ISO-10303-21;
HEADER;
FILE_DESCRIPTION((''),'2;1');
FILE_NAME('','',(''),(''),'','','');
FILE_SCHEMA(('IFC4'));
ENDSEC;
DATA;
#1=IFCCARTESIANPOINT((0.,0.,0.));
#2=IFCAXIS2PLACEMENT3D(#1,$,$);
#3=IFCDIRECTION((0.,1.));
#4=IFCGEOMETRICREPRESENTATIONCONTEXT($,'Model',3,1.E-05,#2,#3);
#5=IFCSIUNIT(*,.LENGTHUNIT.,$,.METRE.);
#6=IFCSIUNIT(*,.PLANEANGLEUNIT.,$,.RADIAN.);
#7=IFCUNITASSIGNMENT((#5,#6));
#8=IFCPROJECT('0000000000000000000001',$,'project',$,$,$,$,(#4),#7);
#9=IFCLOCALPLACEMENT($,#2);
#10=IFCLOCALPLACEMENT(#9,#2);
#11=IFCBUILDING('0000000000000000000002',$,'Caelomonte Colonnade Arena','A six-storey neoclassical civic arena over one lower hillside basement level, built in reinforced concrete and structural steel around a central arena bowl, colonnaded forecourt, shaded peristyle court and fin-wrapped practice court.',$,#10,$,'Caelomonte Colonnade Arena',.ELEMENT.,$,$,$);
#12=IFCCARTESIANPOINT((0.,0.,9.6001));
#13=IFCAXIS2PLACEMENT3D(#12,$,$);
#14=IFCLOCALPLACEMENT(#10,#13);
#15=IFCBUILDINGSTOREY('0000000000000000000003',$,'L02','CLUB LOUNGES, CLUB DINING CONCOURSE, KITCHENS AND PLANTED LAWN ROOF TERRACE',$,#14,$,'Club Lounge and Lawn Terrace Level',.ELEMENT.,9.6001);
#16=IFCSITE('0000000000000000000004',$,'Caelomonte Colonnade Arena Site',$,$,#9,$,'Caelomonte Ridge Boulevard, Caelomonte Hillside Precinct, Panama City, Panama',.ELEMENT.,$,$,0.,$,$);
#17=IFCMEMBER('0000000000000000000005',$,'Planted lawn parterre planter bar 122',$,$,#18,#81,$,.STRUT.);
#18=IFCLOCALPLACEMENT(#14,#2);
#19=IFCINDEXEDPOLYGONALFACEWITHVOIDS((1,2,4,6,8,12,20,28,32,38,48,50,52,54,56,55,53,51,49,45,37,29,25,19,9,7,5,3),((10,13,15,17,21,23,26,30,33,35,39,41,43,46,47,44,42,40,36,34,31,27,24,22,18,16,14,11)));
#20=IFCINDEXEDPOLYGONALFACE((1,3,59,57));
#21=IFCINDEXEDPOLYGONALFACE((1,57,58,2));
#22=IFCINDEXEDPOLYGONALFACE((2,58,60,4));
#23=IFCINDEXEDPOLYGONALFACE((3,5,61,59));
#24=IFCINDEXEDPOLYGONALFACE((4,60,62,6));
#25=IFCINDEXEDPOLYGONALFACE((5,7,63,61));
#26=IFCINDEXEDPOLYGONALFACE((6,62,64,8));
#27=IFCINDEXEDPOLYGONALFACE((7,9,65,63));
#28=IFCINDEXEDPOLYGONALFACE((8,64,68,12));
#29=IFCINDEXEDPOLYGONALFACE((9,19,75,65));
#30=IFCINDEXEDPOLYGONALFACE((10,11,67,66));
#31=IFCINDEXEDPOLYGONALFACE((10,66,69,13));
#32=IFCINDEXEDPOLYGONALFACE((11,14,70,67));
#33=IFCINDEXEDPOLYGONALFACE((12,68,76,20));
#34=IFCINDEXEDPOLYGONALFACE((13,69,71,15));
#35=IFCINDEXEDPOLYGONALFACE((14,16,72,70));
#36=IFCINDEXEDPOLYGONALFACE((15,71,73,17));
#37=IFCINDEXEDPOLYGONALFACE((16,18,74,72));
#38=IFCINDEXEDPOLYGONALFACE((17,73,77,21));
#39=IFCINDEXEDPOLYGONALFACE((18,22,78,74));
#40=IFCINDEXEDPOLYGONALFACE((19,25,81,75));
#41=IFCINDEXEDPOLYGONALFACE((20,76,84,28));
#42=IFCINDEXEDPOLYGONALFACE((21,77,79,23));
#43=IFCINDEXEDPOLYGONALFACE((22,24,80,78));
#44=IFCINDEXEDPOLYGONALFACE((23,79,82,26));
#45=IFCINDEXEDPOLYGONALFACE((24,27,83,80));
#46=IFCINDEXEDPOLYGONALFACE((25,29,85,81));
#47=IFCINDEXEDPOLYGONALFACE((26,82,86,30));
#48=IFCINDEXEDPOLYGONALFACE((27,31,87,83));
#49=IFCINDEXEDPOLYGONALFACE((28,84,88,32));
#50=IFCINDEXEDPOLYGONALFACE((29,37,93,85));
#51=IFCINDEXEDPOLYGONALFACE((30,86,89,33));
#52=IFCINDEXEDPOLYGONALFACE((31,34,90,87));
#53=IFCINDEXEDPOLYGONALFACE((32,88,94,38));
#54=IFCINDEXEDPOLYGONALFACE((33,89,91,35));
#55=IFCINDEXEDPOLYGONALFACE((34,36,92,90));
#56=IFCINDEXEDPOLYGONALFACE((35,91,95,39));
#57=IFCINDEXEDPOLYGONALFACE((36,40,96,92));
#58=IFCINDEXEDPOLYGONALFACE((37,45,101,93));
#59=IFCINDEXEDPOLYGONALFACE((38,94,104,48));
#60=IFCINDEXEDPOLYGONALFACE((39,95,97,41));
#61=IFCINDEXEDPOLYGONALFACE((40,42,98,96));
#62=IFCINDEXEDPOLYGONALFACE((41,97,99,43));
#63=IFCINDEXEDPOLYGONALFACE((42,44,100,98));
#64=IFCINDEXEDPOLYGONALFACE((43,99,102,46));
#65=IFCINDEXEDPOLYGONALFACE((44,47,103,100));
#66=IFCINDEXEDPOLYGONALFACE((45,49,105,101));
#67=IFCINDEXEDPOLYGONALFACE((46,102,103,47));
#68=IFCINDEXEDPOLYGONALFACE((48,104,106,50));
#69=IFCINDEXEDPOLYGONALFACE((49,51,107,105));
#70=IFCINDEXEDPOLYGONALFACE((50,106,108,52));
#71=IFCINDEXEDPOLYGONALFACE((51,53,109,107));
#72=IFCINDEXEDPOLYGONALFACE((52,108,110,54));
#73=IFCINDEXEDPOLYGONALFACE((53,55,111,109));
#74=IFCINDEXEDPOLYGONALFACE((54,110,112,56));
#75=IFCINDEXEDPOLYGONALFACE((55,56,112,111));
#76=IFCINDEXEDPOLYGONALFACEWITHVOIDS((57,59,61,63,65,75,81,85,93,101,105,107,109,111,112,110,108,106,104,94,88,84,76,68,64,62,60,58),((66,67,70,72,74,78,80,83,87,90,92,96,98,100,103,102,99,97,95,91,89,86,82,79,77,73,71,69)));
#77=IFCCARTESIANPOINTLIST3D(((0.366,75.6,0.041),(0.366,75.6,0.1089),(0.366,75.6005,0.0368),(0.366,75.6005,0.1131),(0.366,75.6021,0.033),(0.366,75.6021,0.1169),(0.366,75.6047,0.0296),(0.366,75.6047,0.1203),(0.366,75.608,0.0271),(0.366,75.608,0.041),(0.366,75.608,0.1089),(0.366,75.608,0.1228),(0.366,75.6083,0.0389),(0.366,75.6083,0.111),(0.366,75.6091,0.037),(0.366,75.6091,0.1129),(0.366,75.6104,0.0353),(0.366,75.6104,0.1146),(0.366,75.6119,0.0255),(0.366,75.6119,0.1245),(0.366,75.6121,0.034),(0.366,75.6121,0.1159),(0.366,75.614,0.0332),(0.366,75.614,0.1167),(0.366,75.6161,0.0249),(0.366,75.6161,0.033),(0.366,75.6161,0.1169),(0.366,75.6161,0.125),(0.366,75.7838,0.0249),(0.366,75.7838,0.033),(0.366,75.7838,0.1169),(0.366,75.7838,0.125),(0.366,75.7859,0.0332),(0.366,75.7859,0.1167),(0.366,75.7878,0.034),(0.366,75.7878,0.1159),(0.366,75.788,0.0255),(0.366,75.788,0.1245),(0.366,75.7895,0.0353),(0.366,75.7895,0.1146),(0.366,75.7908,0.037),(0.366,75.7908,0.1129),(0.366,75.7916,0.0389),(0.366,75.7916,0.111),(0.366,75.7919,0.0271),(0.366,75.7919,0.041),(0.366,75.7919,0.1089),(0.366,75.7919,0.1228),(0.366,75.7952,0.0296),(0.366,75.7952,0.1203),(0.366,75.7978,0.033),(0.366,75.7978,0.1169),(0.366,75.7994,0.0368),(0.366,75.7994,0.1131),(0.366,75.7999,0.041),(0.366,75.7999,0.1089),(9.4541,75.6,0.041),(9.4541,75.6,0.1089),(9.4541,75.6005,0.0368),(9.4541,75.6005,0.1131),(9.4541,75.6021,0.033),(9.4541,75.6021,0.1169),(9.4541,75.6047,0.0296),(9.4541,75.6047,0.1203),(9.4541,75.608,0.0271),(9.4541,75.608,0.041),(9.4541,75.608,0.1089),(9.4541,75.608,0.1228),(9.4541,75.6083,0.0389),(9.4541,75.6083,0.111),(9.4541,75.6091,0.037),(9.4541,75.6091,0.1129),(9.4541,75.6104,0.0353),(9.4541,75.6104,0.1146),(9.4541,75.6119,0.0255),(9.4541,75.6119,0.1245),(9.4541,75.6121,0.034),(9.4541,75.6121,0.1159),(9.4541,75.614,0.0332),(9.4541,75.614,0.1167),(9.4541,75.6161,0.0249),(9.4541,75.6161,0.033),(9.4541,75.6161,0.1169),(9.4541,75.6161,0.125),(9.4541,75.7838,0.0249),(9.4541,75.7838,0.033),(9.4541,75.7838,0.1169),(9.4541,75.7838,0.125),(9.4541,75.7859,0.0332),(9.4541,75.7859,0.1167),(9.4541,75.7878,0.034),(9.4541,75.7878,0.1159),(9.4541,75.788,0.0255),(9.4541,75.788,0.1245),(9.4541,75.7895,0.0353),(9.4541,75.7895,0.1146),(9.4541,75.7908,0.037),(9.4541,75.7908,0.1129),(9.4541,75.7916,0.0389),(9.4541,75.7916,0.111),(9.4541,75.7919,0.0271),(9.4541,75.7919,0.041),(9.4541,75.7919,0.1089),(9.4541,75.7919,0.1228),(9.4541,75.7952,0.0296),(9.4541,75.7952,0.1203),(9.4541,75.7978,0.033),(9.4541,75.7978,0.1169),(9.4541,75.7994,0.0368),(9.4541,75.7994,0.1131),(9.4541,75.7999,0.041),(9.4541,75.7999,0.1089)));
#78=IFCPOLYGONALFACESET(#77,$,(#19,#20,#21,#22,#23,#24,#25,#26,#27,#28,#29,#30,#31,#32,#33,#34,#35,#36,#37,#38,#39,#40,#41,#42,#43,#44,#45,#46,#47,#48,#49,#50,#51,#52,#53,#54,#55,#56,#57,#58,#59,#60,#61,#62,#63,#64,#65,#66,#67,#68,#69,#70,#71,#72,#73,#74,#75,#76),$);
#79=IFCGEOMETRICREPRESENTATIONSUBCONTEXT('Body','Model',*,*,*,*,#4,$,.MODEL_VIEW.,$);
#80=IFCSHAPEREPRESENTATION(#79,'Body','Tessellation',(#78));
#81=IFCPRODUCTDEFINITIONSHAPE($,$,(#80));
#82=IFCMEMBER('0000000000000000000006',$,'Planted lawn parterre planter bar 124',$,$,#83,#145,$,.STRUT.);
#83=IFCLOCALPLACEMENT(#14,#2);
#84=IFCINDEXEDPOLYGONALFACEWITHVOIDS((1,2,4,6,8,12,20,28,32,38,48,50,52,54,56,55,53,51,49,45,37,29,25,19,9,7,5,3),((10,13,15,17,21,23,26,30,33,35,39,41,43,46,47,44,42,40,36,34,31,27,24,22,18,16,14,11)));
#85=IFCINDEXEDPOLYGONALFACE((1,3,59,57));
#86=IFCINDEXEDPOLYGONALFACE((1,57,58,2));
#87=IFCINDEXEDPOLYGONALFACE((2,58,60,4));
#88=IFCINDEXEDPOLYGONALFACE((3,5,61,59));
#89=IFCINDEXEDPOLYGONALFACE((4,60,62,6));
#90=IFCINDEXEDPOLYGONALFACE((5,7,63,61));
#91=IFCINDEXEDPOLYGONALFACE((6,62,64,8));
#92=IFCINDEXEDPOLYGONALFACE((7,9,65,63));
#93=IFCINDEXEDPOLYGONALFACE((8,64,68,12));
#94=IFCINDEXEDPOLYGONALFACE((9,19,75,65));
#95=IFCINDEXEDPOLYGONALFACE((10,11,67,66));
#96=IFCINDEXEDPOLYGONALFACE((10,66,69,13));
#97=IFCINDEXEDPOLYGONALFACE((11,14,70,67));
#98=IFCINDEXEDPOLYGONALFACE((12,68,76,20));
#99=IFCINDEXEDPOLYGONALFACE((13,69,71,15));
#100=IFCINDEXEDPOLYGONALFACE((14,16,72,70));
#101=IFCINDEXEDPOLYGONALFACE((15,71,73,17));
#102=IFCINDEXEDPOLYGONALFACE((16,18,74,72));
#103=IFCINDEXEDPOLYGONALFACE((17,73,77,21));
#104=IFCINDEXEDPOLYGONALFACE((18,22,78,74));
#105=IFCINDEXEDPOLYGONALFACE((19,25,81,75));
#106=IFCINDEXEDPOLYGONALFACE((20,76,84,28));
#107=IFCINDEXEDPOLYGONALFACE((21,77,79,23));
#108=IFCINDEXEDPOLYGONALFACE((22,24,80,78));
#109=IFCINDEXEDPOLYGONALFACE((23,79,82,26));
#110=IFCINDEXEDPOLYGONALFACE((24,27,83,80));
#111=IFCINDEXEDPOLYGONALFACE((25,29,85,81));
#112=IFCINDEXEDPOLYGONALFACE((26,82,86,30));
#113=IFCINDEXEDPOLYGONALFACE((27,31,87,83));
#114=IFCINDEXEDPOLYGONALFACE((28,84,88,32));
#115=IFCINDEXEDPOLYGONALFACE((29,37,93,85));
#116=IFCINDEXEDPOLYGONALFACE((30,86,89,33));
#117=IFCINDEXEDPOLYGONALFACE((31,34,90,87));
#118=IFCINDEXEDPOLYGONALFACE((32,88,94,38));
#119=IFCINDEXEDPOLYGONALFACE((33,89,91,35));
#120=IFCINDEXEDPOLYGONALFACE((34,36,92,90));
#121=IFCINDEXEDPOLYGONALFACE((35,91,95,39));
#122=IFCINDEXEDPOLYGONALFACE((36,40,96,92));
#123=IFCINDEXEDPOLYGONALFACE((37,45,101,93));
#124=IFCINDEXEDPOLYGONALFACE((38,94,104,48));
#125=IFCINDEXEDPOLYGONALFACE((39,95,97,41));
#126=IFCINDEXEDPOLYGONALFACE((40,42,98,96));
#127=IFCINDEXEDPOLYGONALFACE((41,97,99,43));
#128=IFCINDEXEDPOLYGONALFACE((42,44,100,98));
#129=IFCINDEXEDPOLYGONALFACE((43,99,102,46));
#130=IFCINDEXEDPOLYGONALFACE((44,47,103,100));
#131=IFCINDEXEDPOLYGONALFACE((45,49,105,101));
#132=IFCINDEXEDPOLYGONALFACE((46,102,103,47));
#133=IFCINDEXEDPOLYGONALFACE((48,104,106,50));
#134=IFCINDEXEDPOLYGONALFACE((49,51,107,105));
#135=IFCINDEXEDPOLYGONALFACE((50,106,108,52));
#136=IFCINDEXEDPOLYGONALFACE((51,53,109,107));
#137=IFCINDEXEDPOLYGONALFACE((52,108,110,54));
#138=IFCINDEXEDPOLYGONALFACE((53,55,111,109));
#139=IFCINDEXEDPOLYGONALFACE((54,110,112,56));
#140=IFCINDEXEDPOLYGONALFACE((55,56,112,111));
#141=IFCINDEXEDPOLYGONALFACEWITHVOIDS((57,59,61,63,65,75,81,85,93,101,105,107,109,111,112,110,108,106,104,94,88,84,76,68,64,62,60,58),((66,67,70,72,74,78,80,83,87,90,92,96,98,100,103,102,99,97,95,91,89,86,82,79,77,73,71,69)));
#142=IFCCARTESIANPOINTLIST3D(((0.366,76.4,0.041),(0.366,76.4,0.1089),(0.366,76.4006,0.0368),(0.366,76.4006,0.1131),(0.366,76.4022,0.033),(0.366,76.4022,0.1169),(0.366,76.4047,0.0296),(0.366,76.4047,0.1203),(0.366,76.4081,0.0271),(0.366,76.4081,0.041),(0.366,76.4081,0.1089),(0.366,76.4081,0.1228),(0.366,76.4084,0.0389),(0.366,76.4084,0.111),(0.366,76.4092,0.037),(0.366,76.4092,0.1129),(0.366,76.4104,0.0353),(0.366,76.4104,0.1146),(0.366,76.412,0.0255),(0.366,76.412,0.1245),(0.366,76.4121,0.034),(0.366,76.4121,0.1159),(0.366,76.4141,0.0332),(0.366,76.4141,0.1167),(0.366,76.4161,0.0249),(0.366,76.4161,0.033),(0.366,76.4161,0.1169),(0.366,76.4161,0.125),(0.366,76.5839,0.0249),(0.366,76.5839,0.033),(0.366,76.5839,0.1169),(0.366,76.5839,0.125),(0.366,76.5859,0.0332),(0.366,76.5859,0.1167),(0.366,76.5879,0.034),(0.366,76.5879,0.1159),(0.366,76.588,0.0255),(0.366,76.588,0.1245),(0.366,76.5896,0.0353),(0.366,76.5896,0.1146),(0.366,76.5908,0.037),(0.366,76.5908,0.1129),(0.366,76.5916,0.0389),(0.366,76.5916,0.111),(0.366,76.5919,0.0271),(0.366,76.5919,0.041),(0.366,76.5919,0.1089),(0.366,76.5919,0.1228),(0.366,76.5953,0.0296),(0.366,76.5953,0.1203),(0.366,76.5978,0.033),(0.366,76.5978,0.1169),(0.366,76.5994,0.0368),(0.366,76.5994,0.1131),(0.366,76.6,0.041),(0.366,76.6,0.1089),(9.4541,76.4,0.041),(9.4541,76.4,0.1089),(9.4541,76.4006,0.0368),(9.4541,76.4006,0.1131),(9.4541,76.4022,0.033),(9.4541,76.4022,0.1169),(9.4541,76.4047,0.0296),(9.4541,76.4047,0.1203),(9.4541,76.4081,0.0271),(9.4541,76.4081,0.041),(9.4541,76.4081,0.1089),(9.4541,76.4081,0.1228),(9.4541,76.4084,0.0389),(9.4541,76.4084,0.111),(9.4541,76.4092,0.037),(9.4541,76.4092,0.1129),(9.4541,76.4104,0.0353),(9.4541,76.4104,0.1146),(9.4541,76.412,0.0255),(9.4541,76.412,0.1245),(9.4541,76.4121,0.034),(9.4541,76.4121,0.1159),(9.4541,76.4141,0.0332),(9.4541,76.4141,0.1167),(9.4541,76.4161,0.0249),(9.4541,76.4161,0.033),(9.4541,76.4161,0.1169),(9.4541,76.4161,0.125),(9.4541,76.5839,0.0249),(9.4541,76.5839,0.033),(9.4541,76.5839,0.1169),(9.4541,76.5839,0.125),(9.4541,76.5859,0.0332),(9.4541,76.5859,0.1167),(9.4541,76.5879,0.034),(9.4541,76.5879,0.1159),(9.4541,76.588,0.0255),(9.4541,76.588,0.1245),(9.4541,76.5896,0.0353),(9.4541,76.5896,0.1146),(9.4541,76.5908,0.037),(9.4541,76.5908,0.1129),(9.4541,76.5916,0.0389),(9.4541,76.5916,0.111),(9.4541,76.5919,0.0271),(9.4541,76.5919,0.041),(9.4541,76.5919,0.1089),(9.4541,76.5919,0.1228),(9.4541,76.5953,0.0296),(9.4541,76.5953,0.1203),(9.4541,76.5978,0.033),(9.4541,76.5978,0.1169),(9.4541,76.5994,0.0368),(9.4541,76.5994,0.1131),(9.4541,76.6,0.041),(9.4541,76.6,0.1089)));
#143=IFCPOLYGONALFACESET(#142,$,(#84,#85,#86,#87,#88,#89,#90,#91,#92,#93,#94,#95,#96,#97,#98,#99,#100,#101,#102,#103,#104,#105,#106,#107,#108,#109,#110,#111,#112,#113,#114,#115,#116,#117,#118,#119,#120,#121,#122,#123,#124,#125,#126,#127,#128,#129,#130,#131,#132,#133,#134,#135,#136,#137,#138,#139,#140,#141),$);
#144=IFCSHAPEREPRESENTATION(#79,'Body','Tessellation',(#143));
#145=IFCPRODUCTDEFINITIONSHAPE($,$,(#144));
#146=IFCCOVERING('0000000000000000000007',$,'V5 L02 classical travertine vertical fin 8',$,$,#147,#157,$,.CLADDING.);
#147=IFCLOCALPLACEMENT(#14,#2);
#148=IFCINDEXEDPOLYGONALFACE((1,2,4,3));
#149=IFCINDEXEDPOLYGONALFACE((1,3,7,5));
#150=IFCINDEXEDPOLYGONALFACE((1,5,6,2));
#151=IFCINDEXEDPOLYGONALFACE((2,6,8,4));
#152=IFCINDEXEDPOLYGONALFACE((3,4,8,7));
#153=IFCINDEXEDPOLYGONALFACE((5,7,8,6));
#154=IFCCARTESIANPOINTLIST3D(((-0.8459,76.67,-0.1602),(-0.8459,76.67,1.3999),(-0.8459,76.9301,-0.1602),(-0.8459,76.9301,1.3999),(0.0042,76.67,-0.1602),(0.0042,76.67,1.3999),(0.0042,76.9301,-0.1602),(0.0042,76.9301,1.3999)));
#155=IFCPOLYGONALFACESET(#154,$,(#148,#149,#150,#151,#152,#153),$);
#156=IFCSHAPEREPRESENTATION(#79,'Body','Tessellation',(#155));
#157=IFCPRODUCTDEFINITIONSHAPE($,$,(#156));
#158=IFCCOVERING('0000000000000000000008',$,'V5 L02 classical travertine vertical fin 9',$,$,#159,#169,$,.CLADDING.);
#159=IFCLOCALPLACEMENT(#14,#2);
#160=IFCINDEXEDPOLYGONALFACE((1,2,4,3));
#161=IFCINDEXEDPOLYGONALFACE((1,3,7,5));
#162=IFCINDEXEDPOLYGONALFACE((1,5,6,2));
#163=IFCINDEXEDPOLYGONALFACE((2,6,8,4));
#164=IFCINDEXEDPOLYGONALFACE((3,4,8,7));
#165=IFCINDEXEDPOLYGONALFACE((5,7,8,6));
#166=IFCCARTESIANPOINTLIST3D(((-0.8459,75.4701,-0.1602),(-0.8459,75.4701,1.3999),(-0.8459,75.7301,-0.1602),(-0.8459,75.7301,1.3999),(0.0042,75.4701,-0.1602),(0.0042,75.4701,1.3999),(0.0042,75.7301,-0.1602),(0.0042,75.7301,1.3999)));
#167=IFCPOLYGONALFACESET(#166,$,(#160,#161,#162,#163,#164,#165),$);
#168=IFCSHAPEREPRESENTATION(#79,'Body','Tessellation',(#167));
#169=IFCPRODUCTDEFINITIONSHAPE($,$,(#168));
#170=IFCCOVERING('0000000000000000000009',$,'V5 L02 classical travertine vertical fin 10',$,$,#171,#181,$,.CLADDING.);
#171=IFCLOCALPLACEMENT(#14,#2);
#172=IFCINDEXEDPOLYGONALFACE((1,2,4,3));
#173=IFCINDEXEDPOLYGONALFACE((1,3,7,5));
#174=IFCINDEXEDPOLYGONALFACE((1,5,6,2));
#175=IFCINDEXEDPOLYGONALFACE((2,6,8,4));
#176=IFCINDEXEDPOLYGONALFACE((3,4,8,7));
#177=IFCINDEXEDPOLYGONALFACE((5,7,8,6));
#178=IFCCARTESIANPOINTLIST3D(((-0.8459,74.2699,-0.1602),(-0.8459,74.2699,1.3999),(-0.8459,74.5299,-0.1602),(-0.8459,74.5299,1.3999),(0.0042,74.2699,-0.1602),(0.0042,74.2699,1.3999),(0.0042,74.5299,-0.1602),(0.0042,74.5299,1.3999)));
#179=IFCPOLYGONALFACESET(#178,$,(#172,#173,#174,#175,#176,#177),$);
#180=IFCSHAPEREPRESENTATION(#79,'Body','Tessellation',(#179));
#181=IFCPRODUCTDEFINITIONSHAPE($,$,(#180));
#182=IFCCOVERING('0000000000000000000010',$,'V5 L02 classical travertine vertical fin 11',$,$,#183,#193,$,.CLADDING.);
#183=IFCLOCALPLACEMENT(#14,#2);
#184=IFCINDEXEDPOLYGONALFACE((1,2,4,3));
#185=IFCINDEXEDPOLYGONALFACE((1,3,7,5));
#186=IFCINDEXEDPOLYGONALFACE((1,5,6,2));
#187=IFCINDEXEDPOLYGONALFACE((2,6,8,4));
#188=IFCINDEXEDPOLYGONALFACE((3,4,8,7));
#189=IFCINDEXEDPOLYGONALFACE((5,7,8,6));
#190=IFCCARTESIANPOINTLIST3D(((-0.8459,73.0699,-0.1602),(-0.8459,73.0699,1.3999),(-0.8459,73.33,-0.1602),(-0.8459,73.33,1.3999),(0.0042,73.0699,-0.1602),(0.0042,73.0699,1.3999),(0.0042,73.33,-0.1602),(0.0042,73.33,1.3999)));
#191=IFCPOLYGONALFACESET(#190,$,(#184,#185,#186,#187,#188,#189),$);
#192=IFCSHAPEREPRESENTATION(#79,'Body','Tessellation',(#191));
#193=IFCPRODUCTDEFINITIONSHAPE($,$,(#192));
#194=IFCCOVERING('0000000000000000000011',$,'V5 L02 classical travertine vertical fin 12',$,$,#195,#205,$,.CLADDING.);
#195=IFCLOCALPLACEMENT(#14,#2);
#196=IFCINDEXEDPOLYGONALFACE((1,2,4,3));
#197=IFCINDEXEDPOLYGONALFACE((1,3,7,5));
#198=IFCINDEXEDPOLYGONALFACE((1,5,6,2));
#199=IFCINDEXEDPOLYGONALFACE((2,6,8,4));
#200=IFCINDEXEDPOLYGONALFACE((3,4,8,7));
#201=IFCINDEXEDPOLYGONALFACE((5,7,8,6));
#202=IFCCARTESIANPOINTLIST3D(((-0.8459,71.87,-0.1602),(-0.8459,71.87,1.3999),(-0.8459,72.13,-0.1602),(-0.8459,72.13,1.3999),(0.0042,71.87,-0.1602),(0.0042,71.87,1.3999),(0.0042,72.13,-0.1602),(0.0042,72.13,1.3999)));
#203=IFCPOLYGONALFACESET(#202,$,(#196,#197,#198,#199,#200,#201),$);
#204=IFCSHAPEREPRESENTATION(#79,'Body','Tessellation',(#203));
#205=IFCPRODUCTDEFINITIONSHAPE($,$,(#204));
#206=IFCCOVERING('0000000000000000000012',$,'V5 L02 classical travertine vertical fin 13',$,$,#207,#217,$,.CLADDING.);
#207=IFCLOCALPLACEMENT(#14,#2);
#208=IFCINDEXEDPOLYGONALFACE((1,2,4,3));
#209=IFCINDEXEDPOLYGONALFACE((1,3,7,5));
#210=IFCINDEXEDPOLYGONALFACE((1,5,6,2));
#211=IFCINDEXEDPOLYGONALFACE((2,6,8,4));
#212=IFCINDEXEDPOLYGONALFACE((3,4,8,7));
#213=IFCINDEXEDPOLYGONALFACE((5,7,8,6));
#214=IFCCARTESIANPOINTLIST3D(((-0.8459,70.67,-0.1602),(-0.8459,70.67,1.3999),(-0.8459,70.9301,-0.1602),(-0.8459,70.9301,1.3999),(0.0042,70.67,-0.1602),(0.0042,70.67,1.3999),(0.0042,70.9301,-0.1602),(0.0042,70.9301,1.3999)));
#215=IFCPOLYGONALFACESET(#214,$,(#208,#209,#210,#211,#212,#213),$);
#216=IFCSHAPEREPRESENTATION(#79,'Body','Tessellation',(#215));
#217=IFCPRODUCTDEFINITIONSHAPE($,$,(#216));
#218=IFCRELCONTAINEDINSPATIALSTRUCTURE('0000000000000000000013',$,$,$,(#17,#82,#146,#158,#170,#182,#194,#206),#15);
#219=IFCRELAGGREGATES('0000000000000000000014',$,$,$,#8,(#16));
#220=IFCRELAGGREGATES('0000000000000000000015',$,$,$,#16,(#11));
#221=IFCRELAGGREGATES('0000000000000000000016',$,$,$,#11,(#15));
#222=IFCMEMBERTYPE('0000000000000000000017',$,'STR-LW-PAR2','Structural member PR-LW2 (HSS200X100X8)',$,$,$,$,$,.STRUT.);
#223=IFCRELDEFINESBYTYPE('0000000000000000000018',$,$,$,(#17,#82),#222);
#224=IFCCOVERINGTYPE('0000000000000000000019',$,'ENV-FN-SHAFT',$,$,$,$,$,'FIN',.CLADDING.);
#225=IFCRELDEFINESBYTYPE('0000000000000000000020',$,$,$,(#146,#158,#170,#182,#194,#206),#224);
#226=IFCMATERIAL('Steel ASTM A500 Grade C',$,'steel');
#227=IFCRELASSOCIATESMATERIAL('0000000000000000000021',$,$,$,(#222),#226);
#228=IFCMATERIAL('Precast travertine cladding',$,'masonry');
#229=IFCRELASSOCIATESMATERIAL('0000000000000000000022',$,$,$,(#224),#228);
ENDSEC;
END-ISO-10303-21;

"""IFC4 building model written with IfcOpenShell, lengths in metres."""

from ifc_helpers import new_model, si_unit, direction, frame, origin, origin_2d, place, context, subcontext, project, spatial, rectangle, hollow_rectangle, extrude, material, material_profile, profile_set, type_object, element, save


model = new_model("IFC4")

# Units and contexts
model_context = context("Model", 3, precision=1e-05, world=origin(), true_north=direction((0.0, 1.0)))
body_context = subcontext(model_context, "Body", "Model", "MODEL_VIEW")
ifc_project = project(units=[si_unit("LENGTHUNIT", "METRE"), si_unit("PLANEANGLEUNIT", "RADIAN")], contexts=[model_context])

# Site, building, storey
site_placement = place(None, origin())
site = spatial("IfcSite", under=ifc_project, at=site_placement, Name="Caelomonte Colonnade Arena Site", LongName="Caelomonte Ridge Boulevard, Caelomonte Hillside Precinct, Panama City, Panama", CompositionType="ELEMENT", RefElevation=0.0)
building_placement = place(site_placement, origin())
building = spatial("IfcBuilding", under=site, at=building_placement, Name="Caelomonte Colonnade Arena", Description="A six-storey neoclassical civic arena over one lower hillside basement level, built in reinforced concrete and structural steel around a central arena bowl, colonnaded forecourt, shaded peristyle court and fin-wrapped practice court.", LongName="Caelomonte Colonnade Arena", CompositionType="ELEMENT")
storey_placement = place(building_placement, frame((0.0, 0.0, 9.6001)))
storey = spatial("IfcBuildingStorey", under=building, at=storey_placement, Name="L02", Description="CLUB LOUNGES, CLUB DINING CONCOURSE, KITCHENS AND PLANTED LAWN ROOF TERRACE", LongName="Club Lounge and Lawn Terrace Level", CompositionType="ELEMENT", Elevation=9.6001)

# Members
ifc_material_1 = material(Name="Steel ASTM A500 Grade C", Category="steel")
ifc_material_profile_1 = material_profile(ifc_material_1, hollow_rectangle(XDim=0.2, YDim=0.1001, WallThickness=0.0081, InnerFilletRadius=0.0081, OuterFilletRadius=0.0161, at=origin_2d()), Name="HSS200X100X8")
ifc_profile_set_1 = profile_set([ifc_material_profile_1], Name="Steel ASTM A500 Grade C")
member_type = type_object("IfcMemberType", Name="STR-LW-PAR2", Description="Structural member PR-LW2 (HSS200X100X8)", PredefinedType="STRUT", material=ifc_profile_set_1)
for number, where, z_axis, x_axis, name in (
    (1, (0.366, 75.7, 0.075), (1.0, 0.0, 0.0), (0.0, 1.0, 0.0), "Planted lawn parterre planter bar 122"),
    (2, (0.366, 76.5, 0.075), (1.0, 0.0, 0.0), (0.0, 1.0, 0.0), "Planted lawn parterre planter bar 124"),
):
    element("IfcMember", number, at=place(storey_placement, frame(where, z_axis=z_axis, x_axis=x_axis)), inside=storey, type_object=member_type, Name=name, PredefinedType="STRUT", context=body_context, shape_type="SweptSolid", body=[
        extrude(hollow_rectangle(XDim=0.2, YDim=0.1001, WallThickness=0.0081, InnerFilletRadius=0.0081, OuterFilletRadius=0.0161, at=origin_2d()), origin(), (0.0, 0.0, 1.0), 9.0881),
    ])

# Coverings
ifc_material_2 = material(Name="Precast travertine cladding", Category="masonry")
ifc_material_profile_2 = material_profile(ifc_material_2, rectangle(XDim=0.26, YDim=0.8501, at=origin_2d()), Name="FIN260X850")
ifc_profile_set_2 = profile_set([ifc_material_profile_2], Name="Precast travertine cladding")
covering_type = type_object("IfcCoveringType", Name="ENV-FN-SHAFT", ElementType="FIN", PredefinedType="CLADDING", material=ifc_profile_set_2)
for number, where, z_axis, x_axis, name in (
    (3, (-0.4209, 76.8, -0.1602), (0.0, 0.0, 1.0), (0.0, 1.0, 0.0), "V5 L02 classical travertine vertical fin 8"),
    (4, (-0.4209, 75.6001, -0.1602), (0.0, 0.0, 1.0), (0.0, 1.0, 0.0), "V5 L02 classical travertine vertical fin 9"),
    (5, (-0.4209, 74.3999, -0.1602), (0.0, 0.0, 1.0), (0.0, 1.0, 0.0), "V5 L02 classical travertine vertical fin 10"),
    (6, (-0.4209, 73.2, -0.1602), (0.0, 0.0, 1.0), (0.0, 1.0, 0.0), "V5 L02 classical travertine vertical fin 11"),
    (7, (-0.4209, 72.0, -0.1602), (0.0, 0.0, 1.0), (0.0, 1.0, 0.0), "V5 L02 classical travertine vertical fin 12"),
    (8, (-0.4209, 70.8, -0.1602), (0.0, 0.0, 1.0), (0.0, 1.0, 0.0), "V5 L02 classical travertine vertical fin 13"),
):
    element("IfcCovering", number, at=place(storey_placement, frame(where, z_axis=z_axis, x_axis=x_axis)), inside=storey, type_object=covering_type, Name=name, PredefinedType="CLADDING", context=body_context, shape_type="SweptSolid", body=[
        extrude(rectangle(XDim=0.26, YDim=0.8501, at=origin_2d()), origin(), (0.0, 0.0, 1.0), 1.5601),
    ])

save(model, "model.ifc")
